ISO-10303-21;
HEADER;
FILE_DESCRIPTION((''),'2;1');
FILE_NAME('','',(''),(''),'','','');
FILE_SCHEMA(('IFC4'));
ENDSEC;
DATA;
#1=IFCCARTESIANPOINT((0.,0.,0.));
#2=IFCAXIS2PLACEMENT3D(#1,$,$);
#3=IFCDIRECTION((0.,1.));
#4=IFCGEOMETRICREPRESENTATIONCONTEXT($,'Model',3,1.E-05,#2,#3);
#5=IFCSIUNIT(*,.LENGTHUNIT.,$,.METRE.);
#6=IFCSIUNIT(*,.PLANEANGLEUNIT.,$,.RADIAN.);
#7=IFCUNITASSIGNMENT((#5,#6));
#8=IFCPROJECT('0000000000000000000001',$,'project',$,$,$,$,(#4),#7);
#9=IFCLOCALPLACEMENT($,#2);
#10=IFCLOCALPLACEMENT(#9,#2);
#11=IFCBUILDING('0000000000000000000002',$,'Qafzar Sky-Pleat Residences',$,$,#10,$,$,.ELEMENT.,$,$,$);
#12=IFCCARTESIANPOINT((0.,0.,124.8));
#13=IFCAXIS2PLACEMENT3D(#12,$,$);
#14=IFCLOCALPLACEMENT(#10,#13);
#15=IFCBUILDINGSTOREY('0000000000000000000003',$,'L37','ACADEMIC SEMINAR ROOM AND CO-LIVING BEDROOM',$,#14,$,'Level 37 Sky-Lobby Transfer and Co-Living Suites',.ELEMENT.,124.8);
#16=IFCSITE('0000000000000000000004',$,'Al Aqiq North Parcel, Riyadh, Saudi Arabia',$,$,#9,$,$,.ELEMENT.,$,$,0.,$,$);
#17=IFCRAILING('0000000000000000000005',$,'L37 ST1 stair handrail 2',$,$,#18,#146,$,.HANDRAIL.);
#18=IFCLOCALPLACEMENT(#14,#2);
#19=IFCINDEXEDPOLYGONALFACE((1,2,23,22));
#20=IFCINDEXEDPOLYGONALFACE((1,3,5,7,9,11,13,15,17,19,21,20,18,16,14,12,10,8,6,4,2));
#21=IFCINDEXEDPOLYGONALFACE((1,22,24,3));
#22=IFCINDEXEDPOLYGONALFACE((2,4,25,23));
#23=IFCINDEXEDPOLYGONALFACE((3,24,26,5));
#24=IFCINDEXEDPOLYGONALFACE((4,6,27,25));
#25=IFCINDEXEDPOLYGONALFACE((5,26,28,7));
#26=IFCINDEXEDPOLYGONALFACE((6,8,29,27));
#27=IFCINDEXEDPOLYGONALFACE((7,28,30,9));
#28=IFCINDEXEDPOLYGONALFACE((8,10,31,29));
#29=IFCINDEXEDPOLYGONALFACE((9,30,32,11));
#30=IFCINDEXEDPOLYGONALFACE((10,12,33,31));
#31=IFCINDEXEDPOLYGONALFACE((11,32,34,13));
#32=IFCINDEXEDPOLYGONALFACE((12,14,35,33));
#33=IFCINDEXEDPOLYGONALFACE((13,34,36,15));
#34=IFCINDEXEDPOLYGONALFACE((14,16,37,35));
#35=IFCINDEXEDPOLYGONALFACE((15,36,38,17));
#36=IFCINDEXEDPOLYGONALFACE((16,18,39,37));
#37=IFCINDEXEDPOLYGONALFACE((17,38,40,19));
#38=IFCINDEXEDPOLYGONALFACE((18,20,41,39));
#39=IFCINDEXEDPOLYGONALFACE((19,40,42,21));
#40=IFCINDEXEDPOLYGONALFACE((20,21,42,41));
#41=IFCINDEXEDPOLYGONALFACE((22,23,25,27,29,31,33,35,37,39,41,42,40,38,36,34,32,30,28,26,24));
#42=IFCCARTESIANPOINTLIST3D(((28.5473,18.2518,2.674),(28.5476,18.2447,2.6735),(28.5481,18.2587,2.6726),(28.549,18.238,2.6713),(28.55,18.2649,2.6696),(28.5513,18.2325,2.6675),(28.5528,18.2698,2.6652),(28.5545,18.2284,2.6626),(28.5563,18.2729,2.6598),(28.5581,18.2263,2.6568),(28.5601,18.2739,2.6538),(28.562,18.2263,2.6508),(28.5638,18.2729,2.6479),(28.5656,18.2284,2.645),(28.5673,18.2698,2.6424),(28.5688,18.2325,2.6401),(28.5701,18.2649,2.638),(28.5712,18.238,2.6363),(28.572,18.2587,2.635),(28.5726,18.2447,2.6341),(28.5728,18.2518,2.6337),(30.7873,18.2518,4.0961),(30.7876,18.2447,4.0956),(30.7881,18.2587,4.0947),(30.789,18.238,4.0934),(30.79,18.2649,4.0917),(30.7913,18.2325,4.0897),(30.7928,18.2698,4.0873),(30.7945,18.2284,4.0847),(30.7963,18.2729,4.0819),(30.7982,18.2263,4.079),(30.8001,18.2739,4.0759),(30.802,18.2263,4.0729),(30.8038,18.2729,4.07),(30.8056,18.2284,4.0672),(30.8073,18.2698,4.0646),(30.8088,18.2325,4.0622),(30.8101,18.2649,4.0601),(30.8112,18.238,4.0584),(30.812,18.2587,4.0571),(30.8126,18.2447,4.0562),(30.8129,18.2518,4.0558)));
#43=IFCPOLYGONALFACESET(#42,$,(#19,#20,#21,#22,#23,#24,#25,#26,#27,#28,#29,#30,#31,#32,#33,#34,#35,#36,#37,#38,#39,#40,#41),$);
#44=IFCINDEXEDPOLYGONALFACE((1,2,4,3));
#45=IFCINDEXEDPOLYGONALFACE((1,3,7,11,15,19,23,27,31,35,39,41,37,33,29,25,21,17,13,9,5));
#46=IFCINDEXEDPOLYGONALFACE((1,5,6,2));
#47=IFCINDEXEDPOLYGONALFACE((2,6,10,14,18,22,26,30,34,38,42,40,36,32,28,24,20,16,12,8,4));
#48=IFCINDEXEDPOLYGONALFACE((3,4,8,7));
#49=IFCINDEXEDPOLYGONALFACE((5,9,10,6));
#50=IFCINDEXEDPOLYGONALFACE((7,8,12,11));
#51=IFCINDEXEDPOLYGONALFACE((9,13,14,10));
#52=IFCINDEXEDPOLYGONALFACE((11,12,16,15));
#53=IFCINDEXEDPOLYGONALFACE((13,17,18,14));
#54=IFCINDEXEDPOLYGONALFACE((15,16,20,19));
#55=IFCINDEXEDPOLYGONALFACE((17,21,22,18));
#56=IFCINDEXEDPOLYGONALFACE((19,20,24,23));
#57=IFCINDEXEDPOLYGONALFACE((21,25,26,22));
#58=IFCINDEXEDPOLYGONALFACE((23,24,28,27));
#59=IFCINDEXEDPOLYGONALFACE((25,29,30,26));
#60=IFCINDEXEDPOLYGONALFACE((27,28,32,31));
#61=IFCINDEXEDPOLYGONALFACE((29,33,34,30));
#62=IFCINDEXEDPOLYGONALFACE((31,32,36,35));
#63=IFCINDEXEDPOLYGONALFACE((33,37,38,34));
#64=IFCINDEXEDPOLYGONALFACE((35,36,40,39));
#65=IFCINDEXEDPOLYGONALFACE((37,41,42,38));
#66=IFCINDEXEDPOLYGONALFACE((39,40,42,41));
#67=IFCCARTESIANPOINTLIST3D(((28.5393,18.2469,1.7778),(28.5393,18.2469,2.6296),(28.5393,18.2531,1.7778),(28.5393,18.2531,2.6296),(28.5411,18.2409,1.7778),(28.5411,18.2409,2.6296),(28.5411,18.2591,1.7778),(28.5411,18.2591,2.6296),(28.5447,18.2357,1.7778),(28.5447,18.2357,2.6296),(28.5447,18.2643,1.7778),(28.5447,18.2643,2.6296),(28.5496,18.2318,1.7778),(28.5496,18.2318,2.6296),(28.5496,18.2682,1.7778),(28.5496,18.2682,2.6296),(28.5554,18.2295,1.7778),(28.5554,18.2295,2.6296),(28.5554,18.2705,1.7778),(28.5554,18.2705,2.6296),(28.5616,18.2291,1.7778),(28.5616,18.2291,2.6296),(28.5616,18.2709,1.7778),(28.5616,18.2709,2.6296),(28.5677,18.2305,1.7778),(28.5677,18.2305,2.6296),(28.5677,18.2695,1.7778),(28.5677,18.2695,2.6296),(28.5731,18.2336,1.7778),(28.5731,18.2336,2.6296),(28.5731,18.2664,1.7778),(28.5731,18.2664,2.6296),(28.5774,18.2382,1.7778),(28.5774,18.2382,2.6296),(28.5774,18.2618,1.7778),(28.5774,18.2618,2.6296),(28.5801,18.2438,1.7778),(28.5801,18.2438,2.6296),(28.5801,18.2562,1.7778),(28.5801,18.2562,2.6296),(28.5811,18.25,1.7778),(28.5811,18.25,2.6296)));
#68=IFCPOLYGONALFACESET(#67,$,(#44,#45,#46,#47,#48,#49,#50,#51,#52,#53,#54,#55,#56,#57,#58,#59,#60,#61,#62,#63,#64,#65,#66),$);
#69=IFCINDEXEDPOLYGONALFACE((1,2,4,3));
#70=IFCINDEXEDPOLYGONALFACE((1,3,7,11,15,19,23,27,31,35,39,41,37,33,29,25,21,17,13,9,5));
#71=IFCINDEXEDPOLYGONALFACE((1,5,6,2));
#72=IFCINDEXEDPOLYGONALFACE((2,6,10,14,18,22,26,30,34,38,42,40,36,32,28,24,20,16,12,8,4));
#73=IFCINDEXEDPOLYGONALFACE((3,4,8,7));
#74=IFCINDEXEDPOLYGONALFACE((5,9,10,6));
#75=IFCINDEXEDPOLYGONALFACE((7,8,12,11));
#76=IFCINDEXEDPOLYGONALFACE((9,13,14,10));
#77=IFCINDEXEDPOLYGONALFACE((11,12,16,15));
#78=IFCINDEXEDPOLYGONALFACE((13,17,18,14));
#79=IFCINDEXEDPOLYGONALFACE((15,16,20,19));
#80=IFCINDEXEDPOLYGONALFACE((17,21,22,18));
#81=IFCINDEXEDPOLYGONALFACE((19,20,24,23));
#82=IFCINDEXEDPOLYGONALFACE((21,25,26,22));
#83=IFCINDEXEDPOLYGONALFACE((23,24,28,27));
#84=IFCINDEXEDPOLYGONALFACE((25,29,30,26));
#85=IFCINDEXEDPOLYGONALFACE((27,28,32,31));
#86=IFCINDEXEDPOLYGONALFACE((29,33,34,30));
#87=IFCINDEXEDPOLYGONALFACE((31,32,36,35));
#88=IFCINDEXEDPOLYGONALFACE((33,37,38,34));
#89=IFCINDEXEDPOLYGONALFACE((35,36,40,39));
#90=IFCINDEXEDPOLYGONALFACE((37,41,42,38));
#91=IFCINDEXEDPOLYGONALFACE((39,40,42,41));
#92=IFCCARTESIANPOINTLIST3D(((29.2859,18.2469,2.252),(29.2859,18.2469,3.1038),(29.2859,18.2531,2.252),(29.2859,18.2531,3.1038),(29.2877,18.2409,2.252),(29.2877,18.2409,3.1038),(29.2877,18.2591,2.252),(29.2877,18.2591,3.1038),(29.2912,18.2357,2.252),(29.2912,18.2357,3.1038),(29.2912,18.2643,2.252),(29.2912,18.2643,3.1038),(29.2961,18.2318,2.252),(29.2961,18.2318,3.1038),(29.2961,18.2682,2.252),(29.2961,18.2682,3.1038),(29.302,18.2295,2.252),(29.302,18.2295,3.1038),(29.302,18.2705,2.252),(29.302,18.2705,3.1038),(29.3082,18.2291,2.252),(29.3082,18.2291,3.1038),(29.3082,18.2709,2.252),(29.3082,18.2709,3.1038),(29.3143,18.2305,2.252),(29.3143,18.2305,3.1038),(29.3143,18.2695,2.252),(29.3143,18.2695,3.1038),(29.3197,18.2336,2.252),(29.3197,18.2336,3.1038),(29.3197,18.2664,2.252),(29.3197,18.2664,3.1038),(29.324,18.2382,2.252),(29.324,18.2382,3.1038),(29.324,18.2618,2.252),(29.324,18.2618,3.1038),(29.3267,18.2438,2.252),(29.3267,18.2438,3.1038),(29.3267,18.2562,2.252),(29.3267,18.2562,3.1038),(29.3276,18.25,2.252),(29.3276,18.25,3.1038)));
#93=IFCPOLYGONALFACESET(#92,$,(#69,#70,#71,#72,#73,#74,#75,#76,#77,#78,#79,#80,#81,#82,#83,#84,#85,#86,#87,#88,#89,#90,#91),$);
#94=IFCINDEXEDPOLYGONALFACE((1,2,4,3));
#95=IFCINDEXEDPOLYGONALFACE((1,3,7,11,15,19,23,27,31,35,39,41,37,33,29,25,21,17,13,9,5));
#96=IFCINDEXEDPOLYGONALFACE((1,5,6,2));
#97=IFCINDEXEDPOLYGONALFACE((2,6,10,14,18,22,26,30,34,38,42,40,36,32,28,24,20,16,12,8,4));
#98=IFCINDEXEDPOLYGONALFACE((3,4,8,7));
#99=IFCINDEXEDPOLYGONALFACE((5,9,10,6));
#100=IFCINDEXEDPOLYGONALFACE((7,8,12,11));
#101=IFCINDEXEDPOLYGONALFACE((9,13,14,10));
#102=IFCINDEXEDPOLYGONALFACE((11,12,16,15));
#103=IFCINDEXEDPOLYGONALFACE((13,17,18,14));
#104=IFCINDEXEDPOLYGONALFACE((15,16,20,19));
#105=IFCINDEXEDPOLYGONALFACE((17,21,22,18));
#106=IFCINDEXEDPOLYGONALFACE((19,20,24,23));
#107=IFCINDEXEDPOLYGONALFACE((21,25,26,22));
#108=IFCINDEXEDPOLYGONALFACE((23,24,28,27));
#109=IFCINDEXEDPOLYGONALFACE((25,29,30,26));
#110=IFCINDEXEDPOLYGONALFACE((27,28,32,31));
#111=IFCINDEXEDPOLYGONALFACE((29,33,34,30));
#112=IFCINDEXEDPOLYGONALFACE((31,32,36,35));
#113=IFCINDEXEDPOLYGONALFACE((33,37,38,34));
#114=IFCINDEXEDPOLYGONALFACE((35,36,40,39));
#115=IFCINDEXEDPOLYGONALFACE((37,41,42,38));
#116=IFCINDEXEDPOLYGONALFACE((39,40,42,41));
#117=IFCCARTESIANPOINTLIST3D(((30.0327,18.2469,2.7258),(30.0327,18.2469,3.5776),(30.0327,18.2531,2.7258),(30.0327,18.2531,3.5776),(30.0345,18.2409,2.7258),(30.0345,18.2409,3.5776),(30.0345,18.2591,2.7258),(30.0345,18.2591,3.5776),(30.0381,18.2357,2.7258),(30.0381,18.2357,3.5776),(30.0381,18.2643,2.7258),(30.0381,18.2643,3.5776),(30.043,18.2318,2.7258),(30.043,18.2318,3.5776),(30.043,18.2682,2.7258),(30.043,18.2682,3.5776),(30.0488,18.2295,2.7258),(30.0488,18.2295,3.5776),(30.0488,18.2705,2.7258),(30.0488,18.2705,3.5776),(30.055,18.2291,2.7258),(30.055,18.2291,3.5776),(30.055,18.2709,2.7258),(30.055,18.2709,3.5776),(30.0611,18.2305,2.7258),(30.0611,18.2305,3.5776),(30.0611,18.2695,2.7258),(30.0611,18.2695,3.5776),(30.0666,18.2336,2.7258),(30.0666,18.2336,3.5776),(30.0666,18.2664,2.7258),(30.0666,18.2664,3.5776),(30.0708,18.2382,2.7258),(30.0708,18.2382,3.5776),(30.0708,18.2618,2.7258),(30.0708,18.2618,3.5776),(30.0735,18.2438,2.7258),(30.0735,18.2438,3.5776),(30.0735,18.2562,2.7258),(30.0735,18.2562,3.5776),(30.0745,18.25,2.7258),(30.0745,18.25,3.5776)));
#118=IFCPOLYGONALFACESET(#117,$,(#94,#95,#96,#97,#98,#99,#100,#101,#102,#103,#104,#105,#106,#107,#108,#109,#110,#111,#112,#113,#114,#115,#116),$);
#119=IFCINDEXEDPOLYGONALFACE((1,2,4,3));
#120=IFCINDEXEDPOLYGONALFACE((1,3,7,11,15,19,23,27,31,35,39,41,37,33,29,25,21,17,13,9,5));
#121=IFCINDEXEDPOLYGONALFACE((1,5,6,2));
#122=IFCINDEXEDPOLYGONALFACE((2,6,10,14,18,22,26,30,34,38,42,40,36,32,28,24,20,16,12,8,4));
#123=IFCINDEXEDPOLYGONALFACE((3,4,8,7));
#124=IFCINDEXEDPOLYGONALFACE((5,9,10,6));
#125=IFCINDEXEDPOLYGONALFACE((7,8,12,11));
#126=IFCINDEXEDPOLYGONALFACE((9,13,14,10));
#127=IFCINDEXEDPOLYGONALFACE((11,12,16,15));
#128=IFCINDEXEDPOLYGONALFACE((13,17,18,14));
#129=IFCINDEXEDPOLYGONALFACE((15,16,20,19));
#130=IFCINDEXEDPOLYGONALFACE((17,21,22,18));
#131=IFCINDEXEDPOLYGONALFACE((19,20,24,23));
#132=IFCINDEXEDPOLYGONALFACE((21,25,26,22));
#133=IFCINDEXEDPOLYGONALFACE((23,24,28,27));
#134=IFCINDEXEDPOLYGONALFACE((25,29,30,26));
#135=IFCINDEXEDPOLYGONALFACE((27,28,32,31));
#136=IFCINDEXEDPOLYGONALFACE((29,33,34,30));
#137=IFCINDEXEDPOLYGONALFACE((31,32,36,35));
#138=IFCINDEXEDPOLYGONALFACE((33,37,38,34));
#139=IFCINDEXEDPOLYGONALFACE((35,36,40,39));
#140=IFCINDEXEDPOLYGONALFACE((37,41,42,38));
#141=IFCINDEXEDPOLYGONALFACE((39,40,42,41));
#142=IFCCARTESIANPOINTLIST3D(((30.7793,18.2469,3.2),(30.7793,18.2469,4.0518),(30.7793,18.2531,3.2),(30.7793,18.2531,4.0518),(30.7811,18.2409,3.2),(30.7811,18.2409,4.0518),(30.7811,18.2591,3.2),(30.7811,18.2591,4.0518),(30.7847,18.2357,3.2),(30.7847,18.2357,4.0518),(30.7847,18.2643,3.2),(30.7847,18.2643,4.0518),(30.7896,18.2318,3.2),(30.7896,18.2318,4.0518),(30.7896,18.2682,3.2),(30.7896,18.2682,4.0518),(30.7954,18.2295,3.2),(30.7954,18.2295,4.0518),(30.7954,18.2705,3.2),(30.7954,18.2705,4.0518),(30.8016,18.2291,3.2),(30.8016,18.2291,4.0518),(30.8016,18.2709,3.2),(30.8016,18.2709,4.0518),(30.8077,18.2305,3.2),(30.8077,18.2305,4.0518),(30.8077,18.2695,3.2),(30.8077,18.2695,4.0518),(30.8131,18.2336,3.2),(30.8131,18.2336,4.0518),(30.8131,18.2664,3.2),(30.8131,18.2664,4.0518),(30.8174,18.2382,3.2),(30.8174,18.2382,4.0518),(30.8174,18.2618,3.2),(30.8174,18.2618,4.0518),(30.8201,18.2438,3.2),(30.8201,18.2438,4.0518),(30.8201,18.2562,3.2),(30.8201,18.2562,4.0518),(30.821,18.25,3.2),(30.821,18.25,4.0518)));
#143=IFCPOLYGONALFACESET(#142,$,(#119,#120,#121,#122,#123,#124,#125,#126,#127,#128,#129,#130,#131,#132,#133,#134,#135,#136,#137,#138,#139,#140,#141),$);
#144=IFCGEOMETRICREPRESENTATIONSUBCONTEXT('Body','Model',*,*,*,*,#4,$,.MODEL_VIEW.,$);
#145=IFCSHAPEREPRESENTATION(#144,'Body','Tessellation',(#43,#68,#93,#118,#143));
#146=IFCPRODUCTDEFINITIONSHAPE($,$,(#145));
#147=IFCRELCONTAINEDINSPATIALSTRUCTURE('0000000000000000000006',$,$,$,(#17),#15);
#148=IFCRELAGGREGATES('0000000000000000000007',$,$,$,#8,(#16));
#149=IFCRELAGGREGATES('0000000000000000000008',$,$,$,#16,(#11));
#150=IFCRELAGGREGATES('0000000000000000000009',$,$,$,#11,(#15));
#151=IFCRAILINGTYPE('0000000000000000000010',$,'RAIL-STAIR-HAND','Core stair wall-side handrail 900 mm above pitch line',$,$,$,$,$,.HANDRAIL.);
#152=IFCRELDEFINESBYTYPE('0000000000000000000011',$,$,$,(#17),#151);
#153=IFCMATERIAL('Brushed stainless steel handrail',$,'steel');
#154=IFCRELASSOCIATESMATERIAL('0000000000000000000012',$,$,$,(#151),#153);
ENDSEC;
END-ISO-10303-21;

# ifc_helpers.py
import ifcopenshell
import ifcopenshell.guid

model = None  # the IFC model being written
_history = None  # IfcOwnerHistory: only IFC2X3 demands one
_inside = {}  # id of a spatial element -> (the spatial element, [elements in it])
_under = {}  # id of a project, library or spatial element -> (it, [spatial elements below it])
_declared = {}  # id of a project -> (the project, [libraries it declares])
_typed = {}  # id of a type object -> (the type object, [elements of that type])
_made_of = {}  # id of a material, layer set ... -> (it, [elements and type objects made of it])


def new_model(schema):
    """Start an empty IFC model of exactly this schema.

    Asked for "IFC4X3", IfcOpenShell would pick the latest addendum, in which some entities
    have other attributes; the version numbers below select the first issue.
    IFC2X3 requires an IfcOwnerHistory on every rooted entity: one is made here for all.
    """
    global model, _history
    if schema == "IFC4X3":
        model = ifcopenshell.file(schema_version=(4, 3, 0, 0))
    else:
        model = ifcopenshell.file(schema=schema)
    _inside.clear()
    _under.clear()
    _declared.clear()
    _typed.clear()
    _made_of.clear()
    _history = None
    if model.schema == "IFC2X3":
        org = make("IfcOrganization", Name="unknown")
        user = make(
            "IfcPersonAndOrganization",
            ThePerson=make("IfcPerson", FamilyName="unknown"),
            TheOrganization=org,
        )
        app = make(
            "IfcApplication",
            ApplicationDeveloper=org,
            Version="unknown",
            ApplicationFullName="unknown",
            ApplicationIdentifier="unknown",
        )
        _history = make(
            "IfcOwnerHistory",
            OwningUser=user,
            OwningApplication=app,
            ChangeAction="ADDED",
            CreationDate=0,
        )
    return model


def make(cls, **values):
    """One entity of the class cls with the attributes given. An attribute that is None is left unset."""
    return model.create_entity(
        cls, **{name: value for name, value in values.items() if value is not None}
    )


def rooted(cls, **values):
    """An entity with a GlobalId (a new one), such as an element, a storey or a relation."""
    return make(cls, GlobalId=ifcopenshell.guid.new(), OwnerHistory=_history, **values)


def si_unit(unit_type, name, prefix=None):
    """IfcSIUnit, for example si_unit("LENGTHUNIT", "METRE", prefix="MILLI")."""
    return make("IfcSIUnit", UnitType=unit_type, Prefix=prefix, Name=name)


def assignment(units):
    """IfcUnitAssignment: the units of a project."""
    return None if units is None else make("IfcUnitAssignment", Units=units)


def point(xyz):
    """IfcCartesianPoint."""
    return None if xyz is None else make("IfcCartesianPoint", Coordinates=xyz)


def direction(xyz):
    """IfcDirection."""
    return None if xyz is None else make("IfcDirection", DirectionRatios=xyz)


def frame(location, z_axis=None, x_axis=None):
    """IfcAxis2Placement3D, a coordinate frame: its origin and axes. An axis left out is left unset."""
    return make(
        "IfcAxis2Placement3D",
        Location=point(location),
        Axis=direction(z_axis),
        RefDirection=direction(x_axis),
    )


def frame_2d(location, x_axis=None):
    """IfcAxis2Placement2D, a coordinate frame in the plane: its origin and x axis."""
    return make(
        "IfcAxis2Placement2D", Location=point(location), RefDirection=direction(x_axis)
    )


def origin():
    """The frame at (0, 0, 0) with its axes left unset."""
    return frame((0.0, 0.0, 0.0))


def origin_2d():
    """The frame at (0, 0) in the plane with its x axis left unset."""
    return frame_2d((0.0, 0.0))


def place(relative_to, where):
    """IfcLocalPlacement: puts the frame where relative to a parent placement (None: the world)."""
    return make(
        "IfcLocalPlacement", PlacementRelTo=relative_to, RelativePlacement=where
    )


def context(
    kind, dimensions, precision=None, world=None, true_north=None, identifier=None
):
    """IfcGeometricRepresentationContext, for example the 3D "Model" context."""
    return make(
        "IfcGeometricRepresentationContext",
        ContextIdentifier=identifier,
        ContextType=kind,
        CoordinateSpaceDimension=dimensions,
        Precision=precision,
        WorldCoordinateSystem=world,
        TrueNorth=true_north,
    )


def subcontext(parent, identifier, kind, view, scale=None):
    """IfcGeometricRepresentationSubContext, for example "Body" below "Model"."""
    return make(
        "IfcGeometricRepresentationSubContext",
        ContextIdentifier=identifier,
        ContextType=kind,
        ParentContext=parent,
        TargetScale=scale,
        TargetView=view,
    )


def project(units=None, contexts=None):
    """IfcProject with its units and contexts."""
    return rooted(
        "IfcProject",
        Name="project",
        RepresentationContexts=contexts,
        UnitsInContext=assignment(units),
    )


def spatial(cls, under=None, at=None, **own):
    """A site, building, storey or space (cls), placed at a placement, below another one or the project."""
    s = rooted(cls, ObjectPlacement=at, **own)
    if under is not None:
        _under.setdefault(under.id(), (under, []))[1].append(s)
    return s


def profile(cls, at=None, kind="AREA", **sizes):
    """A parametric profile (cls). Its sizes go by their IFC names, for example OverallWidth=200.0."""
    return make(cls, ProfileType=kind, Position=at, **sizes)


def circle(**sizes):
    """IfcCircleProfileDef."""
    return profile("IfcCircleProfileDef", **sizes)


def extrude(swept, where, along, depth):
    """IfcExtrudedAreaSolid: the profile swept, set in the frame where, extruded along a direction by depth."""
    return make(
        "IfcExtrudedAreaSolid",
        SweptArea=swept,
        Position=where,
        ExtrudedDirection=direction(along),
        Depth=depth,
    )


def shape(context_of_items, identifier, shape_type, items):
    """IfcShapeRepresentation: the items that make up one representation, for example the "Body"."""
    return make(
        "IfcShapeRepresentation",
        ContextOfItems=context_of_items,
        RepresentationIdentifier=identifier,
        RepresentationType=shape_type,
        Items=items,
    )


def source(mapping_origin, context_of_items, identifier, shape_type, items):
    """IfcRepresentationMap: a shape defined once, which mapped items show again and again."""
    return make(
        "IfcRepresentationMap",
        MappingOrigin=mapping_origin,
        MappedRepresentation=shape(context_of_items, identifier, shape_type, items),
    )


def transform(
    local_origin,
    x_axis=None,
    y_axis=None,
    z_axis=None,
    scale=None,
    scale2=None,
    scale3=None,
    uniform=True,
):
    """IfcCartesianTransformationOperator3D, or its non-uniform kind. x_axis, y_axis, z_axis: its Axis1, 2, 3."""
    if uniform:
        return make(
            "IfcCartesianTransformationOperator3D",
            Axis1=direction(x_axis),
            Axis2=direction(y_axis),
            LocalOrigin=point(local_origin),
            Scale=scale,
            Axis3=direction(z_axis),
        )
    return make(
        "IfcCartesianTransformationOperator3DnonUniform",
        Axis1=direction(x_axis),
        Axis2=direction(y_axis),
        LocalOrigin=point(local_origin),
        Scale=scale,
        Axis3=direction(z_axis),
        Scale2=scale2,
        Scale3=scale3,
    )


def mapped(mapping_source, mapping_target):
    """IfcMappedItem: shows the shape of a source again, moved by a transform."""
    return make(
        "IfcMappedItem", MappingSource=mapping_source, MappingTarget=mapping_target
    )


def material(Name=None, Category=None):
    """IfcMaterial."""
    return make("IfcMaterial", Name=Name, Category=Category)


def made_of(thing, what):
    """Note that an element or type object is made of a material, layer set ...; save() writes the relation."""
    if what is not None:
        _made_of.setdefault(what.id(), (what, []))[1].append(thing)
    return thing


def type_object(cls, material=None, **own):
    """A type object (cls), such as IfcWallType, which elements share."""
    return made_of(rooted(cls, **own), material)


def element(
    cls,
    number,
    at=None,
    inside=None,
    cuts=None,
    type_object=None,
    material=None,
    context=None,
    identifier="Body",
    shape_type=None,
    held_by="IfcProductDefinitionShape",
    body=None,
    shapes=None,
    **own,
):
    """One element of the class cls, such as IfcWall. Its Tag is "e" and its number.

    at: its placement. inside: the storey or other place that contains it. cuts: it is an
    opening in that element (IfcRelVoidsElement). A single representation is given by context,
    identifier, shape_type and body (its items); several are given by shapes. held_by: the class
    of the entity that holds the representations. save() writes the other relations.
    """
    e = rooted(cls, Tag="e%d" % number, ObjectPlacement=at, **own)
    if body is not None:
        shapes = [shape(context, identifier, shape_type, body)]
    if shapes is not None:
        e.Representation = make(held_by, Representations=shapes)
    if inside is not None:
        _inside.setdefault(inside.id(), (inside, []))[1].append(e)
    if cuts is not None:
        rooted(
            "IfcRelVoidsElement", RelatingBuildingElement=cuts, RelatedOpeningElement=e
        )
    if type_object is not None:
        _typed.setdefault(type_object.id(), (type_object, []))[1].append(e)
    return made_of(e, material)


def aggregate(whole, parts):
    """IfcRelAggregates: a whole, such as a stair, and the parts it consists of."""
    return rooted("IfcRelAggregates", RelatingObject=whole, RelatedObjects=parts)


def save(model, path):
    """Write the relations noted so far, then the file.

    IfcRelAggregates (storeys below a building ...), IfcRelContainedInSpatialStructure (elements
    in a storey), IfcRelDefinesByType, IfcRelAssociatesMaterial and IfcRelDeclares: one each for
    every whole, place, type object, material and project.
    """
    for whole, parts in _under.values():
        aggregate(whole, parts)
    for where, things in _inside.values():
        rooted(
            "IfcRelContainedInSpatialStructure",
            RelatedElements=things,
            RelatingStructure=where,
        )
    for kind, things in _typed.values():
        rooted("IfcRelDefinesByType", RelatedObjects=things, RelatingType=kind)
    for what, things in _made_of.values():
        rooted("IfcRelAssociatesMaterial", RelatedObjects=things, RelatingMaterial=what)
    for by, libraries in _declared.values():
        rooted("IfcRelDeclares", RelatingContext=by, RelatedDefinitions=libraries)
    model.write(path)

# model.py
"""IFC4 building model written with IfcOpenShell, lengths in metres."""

from ifc_helpers import new_model, si_unit, direction, frame, origin, origin_2d, place, context, subcontext, project, spatial, circle, extrude, source, transform, mapped, material, type_object, element, save


model = new_model("IFC4")

# Units and contexts
model_context = context("Model", 3, precision=1e-05, world=origin(), true_north=direction((0.0, 1.0)))
body_context = subcontext(model_context, "Body", "Model", "MODEL_VIEW")
ifc_project = project(units=[si_unit("LENGTHUNIT", "METRE"), si_unit("PLANEANGLEUNIT", "RADIAN")], contexts=[model_context])

# Site, building, storey
site_placement = place(None, origin())
site = spatial("IfcSite", under=ifc_project, at=site_placement, Name="Al Aqiq North Parcel, Riyadh, Saudi Arabia", CompositionType="ELEMENT", RefElevation=0.0)
building_placement = place(site_placement, origin())
building = spatial("IfcBuilding", under=site, at=building_placement, Name="Qafzar Sky-Pleat Residences", CompositionType="ELEMENT")
storey_placement = place(building_placement, frame((0.0, 0.0, 124.8)))
storey = spatial("IfcBuildingStorey", under=building, at=storey_placement, Name="L37", Description="ACADEMIC SEMINAR ROOM AND CO-LIVING BEDROOM", LongName="Level 37 Sky-Lobby Transfer and Co-Living Suites", CompositionType="ELEMENT", Elevation=124.8)

# Railing
ifc_material_1 = material(Name="Brushed stainless steel handrail", Category="steel")
railing_type_1 = type_object("IfcRailingType", Name="RAIL-STAIR-HAND", Description="Core stair wall-side handrail 900 mm above pitch line", PredefinedType="HANDRAIL", material=ifc_material_1)
shared_shape_1 = source(origin(), body_context, "Body", "SweptSolid", [
    extrude(circle(Radius=0.0239, at=origin_2d()), frame((0.0, 0.0, 0.876), z_axis=(0.844229, 0.0, 0.535982), x_axis=(0.0, 1.0, 0.0)), (0.0, 0.0, 1.0), 2.6533),
    extrude(circle(Radius=0.021, at=origin_2d()), origin(), (0.0, 0.0, 1.0), 0.8518),
    extrude(circle(Radius=0.021, at=origin_2d()), frame((0.7466, 0.0, 0.4741)), (0.0, 0.0, 1.0), 0.8518),
    extrude(circle(Radius=0.021, at=origin_2d()), frame((1.4934, 0.0, 0.948)), (0.0, 0.0, 1.0), 0.8518),
    extrude(circle(Radius=0.021, at=origin_2d()), frame((2.24, 0.0, 1.4221)), (0.0, 0.0, 1.0), 0.8518),
])
for number, where, name in (
    (1, (28.5601, 18.25, 1.7778), "L37 ST1 stair handrail 2"),
):
    element("IfcRailing", number, at=place(storey_placement, frame(where)), inside=storey, type_object=railing_type_1, Name=name, PredefinedType="HANDRAIL", context=body_context, shape_type="MappedRepresentation", body=[
        mapped(shared_shape_1, transform((0.0, 0.0, 0.0), x_axis=(1.0, 0.0, 0.0), y_axis=(0.0, 1.0, 0.0), z_axis=(0.0, 0.0, 1.0), scale=1.0)),
    ])

save(model, "model.ifc")
